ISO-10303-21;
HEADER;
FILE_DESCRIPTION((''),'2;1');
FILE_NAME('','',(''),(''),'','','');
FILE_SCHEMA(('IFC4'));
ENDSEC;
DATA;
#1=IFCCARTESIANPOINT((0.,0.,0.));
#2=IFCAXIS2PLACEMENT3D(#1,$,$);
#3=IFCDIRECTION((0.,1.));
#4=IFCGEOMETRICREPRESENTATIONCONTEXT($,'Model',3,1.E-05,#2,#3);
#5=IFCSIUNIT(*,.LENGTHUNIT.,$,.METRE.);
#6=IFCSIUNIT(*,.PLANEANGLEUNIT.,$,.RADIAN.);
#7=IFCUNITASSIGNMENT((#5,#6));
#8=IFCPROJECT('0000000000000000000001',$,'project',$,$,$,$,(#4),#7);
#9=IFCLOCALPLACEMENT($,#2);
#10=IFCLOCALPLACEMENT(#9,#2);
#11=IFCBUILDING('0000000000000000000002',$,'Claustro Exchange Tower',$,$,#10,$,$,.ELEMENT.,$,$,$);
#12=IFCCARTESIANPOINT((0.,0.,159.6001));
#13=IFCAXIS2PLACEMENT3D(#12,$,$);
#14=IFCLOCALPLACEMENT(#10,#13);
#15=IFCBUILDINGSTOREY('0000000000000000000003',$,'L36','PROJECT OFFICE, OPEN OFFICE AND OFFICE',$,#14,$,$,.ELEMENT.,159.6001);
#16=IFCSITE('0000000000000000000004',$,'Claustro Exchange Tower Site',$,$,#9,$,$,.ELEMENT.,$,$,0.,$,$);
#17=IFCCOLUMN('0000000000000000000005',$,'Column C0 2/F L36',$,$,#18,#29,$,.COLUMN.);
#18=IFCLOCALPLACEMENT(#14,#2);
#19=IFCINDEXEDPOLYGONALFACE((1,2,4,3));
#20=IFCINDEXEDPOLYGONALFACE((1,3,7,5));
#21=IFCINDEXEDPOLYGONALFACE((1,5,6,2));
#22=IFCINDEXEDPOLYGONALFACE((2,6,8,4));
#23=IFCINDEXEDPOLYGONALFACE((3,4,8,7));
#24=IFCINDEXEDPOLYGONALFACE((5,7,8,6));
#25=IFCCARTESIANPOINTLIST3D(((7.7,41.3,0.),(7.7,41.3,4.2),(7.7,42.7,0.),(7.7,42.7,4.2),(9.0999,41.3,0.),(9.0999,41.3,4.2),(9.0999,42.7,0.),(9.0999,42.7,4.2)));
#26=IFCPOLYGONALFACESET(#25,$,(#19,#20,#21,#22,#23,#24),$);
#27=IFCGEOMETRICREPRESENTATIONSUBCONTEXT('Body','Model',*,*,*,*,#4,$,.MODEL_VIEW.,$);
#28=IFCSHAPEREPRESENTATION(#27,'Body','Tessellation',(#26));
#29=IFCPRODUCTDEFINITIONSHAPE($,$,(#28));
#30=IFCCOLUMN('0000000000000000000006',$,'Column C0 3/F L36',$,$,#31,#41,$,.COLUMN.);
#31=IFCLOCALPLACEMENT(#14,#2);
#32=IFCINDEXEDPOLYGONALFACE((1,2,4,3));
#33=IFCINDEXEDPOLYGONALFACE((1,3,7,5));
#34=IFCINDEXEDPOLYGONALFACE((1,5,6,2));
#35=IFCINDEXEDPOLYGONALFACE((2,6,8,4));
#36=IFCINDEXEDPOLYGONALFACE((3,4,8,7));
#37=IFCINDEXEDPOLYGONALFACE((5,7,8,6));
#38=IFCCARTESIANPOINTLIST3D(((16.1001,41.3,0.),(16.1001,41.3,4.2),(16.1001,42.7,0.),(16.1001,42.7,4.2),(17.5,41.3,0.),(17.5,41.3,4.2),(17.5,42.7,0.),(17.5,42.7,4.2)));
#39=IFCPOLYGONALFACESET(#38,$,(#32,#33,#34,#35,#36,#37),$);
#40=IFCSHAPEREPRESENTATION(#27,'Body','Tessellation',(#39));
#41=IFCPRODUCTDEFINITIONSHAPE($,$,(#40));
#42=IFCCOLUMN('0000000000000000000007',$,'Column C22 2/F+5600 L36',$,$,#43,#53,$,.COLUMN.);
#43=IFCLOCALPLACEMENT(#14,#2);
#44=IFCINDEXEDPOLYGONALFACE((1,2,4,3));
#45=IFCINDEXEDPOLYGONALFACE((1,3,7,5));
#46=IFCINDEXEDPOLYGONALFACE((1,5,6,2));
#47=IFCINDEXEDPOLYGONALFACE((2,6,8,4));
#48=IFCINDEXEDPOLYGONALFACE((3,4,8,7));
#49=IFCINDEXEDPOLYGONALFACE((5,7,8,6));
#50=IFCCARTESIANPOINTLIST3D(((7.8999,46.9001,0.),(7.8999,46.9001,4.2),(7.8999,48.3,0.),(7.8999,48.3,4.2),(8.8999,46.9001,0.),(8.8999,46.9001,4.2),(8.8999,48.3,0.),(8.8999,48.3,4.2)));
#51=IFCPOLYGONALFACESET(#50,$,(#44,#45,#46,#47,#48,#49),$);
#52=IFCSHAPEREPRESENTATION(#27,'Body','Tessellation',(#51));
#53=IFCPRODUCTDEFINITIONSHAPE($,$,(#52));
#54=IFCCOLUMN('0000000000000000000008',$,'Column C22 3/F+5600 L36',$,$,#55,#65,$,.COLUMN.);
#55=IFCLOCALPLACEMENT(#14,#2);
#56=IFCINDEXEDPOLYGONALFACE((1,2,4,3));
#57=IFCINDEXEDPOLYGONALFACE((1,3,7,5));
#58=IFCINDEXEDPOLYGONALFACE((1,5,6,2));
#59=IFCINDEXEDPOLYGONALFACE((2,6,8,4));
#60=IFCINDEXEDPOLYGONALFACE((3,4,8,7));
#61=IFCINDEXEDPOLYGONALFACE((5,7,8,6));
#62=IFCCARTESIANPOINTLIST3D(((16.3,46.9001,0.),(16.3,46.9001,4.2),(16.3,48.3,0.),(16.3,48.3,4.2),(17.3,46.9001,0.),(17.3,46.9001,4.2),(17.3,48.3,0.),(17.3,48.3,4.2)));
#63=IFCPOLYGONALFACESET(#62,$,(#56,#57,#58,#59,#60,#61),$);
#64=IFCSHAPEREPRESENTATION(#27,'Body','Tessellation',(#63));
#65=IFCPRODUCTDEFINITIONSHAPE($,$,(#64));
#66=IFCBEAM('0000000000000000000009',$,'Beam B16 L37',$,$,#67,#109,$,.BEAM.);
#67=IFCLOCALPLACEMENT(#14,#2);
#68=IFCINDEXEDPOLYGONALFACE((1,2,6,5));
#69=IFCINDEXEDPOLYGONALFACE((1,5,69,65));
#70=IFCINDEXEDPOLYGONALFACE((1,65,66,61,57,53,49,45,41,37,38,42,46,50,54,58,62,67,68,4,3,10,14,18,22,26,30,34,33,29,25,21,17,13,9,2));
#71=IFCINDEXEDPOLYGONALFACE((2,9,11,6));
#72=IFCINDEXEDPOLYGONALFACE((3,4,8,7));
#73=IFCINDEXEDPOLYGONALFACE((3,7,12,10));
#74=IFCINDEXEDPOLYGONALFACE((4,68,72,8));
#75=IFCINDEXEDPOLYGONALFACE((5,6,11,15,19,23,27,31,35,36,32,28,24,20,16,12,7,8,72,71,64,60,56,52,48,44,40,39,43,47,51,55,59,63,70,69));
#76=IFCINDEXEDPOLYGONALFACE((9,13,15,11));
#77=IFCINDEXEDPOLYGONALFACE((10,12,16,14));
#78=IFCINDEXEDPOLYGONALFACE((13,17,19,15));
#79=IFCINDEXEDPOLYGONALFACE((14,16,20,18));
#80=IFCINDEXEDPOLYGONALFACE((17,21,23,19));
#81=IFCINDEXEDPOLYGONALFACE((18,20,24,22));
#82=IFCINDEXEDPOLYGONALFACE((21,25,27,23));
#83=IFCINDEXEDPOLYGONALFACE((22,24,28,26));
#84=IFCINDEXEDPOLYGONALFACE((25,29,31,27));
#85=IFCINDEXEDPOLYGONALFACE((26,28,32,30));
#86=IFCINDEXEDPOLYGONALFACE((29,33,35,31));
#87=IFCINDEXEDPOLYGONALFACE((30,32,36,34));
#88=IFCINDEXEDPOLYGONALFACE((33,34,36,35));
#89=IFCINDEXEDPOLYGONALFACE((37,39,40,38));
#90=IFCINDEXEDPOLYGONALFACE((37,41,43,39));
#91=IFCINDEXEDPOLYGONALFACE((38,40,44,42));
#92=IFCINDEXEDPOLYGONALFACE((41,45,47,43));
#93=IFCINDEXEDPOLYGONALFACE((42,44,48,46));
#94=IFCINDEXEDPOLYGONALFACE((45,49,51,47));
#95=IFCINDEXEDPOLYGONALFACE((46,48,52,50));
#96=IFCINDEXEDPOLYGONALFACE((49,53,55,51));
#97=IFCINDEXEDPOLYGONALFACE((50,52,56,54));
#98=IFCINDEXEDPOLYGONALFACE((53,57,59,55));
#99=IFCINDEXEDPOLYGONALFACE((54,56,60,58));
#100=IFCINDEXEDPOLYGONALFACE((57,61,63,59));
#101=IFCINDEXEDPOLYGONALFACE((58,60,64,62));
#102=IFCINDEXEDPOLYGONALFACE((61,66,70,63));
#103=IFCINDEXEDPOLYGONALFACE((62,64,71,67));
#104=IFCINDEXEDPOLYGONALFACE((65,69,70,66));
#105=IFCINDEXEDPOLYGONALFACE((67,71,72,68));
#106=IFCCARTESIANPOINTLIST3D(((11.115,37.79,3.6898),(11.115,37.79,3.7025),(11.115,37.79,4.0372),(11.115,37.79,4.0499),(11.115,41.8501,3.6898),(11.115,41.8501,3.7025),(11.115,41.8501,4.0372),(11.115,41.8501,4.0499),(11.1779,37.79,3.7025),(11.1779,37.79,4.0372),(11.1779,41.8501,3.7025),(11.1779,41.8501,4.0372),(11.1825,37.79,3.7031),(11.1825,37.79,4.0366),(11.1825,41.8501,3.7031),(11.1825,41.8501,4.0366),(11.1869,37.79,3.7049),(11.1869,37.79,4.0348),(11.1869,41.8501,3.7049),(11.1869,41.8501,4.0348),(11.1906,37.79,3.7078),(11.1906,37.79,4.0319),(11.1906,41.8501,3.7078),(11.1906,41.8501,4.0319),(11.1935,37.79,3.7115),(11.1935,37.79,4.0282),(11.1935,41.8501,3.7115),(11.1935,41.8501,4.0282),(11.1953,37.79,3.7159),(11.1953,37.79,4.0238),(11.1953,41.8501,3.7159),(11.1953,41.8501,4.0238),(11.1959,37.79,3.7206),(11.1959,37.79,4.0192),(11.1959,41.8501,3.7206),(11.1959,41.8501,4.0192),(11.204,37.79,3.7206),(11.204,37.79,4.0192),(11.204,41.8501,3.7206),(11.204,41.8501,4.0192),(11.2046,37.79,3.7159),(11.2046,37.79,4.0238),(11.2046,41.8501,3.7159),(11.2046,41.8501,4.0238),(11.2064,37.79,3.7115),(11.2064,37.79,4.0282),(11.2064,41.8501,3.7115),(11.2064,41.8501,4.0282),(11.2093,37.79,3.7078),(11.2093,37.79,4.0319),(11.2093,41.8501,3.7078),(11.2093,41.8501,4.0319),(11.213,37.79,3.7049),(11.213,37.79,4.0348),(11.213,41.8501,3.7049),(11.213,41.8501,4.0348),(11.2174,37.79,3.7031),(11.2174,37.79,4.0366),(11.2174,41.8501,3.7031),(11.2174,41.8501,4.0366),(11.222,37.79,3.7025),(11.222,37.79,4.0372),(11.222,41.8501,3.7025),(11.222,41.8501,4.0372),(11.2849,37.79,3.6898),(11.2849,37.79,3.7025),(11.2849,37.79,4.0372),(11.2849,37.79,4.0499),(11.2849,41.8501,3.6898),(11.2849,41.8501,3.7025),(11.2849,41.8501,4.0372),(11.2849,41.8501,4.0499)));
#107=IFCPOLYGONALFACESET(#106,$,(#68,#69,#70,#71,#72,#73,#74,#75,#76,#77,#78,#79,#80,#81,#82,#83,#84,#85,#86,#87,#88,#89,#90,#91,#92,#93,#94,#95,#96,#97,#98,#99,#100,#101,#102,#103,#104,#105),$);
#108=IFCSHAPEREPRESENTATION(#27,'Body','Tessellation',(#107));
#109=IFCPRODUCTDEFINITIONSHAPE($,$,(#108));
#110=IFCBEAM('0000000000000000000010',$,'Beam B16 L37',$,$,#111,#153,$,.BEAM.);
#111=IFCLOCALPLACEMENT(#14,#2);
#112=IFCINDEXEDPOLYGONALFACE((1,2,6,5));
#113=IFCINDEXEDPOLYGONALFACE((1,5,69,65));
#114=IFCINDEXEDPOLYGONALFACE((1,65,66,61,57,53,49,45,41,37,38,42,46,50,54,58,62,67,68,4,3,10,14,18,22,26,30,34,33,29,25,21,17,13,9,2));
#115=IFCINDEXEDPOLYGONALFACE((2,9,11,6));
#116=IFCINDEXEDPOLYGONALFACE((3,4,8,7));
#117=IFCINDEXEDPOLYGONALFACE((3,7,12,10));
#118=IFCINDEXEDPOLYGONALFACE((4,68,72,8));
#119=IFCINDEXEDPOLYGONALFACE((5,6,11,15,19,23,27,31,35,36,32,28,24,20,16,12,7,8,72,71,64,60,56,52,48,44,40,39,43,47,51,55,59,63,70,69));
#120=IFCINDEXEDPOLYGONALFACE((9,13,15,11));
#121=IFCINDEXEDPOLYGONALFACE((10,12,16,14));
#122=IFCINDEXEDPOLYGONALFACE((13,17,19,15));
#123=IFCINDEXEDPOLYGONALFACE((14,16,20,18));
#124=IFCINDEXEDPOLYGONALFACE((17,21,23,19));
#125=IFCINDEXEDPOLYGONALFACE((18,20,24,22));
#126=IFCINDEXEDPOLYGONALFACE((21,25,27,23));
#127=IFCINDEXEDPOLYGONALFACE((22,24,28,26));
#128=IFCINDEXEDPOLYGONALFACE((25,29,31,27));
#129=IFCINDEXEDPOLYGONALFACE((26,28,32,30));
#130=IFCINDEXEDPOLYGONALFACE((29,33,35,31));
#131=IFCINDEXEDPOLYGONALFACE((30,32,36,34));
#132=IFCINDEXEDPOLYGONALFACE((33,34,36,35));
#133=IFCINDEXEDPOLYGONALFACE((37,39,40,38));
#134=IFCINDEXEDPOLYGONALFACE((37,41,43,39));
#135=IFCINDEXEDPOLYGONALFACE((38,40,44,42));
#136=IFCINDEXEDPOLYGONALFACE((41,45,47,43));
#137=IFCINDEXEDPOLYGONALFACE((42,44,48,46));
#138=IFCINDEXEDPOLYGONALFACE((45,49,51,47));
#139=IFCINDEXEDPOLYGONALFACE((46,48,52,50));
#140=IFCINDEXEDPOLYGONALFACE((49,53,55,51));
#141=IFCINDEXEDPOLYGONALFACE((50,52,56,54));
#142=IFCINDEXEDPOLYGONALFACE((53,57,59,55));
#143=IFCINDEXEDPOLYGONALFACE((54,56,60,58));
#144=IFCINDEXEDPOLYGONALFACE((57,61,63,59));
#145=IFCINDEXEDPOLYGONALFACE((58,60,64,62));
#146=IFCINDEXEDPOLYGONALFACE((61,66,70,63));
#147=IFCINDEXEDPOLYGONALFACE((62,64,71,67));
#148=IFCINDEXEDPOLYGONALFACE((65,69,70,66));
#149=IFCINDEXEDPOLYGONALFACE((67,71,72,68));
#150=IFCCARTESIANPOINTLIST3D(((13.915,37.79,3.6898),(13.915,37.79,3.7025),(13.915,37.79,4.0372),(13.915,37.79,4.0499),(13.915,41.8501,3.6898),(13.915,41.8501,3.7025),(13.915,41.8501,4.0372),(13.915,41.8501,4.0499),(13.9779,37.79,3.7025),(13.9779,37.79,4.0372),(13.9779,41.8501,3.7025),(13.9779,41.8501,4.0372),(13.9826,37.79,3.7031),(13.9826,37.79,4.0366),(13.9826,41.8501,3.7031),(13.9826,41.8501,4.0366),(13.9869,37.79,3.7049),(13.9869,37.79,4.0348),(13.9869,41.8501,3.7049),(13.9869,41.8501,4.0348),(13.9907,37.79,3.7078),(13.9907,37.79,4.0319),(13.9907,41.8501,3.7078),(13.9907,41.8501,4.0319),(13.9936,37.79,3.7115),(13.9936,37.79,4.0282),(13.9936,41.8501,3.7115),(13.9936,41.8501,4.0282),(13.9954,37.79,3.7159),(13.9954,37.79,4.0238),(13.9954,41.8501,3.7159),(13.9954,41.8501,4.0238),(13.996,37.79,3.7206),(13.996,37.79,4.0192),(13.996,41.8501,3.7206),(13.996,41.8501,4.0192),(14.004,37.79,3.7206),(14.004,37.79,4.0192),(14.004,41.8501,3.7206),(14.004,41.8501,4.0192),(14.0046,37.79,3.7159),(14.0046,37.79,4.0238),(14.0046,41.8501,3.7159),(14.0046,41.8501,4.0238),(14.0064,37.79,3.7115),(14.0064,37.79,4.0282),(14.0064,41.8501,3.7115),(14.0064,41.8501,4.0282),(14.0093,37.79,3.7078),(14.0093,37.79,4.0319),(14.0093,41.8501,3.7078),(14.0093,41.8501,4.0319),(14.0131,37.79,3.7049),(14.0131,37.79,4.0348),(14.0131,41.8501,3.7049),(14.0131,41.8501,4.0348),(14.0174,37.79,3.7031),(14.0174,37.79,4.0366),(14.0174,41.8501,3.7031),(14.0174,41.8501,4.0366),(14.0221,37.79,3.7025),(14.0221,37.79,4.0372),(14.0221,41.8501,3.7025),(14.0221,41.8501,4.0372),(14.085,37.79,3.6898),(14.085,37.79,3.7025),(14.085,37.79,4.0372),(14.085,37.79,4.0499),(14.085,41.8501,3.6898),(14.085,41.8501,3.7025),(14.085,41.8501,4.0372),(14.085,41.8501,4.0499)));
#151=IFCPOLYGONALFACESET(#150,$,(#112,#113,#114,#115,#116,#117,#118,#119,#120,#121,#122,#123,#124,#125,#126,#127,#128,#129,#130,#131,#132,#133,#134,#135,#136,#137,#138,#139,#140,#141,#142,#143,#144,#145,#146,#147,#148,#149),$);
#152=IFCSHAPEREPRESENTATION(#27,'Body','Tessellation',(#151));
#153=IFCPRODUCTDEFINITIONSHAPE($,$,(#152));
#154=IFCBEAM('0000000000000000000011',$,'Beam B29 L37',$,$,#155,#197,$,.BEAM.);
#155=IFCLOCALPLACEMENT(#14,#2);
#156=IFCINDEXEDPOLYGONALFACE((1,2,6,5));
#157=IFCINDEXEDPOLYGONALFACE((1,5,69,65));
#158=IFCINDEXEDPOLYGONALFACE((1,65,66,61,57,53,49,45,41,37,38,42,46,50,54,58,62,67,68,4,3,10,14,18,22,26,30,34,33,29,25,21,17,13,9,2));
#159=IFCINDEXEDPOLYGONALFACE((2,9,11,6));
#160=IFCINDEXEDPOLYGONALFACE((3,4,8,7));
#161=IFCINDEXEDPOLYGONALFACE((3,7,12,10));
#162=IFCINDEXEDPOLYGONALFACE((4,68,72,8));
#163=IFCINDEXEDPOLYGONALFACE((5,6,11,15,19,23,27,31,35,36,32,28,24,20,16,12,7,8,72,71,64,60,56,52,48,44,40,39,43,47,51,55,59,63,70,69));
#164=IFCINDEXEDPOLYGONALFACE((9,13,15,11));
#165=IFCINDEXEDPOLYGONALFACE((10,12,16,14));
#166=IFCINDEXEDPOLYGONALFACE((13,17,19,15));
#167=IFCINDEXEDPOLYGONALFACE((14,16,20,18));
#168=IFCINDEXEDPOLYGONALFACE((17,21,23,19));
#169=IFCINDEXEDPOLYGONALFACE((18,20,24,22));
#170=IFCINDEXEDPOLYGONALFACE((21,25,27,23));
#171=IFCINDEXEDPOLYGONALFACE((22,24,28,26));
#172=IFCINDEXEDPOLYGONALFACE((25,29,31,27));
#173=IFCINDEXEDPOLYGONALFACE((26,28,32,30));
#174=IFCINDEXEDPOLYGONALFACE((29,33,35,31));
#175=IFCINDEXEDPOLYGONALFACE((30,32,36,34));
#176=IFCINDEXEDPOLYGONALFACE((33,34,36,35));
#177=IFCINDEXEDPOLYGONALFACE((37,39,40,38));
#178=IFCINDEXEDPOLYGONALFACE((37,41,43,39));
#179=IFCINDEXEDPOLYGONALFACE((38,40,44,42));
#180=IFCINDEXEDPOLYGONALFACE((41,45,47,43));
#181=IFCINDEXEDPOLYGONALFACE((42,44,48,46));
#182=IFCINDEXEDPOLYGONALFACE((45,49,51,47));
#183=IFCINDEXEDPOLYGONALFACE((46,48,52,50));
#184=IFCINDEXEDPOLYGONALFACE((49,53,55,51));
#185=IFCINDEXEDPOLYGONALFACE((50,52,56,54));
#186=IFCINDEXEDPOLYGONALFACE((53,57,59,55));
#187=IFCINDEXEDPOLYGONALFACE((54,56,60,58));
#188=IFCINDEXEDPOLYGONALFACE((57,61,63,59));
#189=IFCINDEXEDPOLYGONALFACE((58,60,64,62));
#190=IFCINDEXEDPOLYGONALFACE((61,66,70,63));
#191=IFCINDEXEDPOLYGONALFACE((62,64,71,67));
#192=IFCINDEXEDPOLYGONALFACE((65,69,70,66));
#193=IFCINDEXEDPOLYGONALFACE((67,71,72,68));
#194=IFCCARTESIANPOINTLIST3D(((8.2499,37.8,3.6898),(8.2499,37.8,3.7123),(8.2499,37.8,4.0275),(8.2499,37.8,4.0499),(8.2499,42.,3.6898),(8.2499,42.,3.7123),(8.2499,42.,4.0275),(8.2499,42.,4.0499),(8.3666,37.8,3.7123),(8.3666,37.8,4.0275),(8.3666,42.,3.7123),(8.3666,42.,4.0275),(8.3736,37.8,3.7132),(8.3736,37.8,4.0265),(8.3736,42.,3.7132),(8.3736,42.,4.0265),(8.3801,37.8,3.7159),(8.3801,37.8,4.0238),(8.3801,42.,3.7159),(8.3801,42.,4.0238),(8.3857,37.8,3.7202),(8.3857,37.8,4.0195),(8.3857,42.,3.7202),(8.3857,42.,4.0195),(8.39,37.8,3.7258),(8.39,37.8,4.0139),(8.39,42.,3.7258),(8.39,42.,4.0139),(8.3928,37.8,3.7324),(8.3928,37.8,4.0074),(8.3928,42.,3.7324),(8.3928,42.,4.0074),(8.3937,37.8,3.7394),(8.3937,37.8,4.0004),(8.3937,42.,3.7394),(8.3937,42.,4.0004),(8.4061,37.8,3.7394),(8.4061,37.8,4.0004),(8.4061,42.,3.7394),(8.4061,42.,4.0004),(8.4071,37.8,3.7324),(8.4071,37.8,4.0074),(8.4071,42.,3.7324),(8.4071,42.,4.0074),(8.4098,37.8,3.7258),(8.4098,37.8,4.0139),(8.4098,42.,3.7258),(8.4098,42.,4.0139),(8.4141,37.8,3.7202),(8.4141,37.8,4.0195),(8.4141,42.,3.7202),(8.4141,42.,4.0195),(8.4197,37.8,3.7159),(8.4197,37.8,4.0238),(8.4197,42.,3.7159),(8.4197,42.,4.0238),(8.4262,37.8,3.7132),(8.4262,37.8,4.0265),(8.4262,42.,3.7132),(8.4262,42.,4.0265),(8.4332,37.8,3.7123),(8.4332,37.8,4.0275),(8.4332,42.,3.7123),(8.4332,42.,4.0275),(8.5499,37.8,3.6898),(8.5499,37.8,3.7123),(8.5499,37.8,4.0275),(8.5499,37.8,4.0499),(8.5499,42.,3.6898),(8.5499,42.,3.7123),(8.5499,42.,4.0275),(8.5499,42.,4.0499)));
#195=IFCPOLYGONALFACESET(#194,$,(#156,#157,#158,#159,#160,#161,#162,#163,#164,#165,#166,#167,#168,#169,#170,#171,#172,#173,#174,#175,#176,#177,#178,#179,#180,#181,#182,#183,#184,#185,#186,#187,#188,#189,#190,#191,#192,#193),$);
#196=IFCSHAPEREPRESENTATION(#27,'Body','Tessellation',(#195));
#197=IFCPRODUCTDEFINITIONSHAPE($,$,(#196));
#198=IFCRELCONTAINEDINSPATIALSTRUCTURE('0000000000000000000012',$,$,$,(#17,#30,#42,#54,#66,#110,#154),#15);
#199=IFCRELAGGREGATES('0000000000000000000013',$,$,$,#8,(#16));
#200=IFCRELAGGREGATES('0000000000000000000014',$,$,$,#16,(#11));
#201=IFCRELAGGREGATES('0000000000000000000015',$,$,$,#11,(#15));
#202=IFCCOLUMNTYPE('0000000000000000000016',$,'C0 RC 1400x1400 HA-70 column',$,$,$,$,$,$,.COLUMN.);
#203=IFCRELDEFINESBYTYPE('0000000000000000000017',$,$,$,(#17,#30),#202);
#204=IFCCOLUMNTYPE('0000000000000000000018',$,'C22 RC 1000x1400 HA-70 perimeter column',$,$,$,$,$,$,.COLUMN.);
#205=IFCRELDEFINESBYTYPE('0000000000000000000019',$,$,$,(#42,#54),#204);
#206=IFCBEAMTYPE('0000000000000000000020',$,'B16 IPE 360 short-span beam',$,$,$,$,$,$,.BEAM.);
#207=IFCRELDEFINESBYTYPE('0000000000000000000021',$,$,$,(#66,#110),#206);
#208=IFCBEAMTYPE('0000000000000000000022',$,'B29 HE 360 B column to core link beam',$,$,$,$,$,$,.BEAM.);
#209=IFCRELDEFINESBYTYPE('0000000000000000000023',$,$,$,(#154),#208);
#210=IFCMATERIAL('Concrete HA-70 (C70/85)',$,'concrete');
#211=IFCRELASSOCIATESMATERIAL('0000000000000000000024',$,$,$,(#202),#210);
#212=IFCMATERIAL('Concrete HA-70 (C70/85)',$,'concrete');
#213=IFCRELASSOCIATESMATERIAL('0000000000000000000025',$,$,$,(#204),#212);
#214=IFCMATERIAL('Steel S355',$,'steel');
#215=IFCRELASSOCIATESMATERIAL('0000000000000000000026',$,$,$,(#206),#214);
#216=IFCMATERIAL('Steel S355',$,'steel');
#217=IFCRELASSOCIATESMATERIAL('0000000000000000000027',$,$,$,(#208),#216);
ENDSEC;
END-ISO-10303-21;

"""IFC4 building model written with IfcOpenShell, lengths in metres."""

from ifc_helpers import new_model, si_unit, direction, frame, origin, origin_2d, place, context, subcontext, project, spatial, rectangle, i_section, extrude, material, material_profile, profile_set, type_object, element, save


model = new_model("IFC4")

# Units and contexts
model_context = context("Model", 3, precision=1e-05, world=origin(), true_north=direction((0.0, 1.0)))
body_context = subcontext(model_context, "Body", "Model", "MODEL_VIEW")
ifc_project = project(units=[si_unit("LENGTHUNIT", "METRE"), si_unit("PLANEANGLEUNIT", "RADIAN")], contexts=[model_context])

# Site, building, storey
site_placement = place(None, origin())
site = spatial("IfcSite", under=ifc_project, at=site_placement, Name="Claustro Exchange Tower Site", CompositionType="ELEMENT", RefElevation=0.0)
building_placement = place(site_placement, origin())
building = spatial("IfcBuilding", under=site, at=building_placement, Name="Claustro Exchange Tower", CompositionType="ELEMENT")
storey_placement = place(building_placement, frame((0.0, 0.0, 159.6001)))
storey = spatial("IfcBuildingStorey", under=building, at=storey_placement, Name="L36", Description="PROJECT OFFICE, OPEN OFFICE AND OFFICE", CompositionType="ELEMENT", Elevation=159.6001)

# Columns
ifc_material_1 = material(Name="Concrete HA-70 (C70/85)", Category="concrete")
ifc_material_profile_1 = material_profile(ifc_material_1, rectangle(XDim=1.3999, YDim=1.3999, at=origin_2d()), Name="RC 1400x1400")
ifc_profile_set_1 = profile_set([ifc_material_profile_1], Name="Concrete HA-70 (C70/85)")
column_type_1 = type_object("IfcColumnType", Name="C0 RC 1400x1400 HA-70 column", PredefinedType="COLUMN", material=ifc_profile_set_1)
for number, where, z_axis, x_axis, name in (
    (1, (8.3999, 42.0, 0.0), (0.0, 0.0, 1.0), (1.0, 0.0, 0.0), "Column C0 2/F L36"),
    (2, (16.8, 42.0, 0.0), (0.0, 0.0, 1.0), (1.0, 0.0, 0.0), "Column C0 3/F L36"),
):
    element("IfcColumn", number, at=place(storey_placement, frame(where, z_axis=z_axis, x_axis=x_axis)), inside=storey, type_object=column_type_1, Name=name, PredefinedType="COLUMN", context=body_context, shape_type="SweptSolid", body=[
        extrude(rectangle(XDim=1.3999, YDim=1.3999, at=origin_2d()), origin(), (0.0, 0.0, 1.0), 4.2),
    ])
ifc_material_2 = material(Name="Concrete HA-70 (C70/85)", Category="concrete")
ifc_material_profile_2 = material_profile(ifc_material_2, rectangle(XDim=1.0, YDim=1.3999, at=origin_2d()), Name="RC 1000x1400")
ifc_profile_set_2 = profile_set([ifc_material_profile_2], Name="Concrete HA-70 (C70/85)")
column_type_2 = type_object("IfcColumnType", Name="C22 RC 1000x1400 HA-70 perimeter column", PredefinedType="COLUMN", material=ifc_profile_set_2)
for number, where, z_axis, x_axis, name in (
    (3, (8.3999, 47.6001, 0.0), (0.0, 0.0, 1.0), (1.0, 0.0, 0.0), "Column C22 2/F+5600 L36"),
    (4, (16.8, 47.6001, 0.0), (0.0, 0.0, 1.0), (1.0, 0.0, 0.0), "Column C22 3/F+5600 L36"),
):
    element("IfcColumn", number, at=place(storey_placement, frame(where, z_axis=z_axis, x_axis=x_axis)), inside=storey, type_object=column_type_2, Name=name, PredefinedType="COLUMN", context=body_context, shape_type="SweptSolid", body=[
        extrude(rectangle(XDim=1.0, YDim=1.3999, at=origin_2d()), origin(), (0.0, 0.0, 1.0), 4.2),
    ])

# Beams
ifc_material_3 = material(Name="Steel S355", Category="steel")
ifc_material_profile_3 = material_profile(ifc_material_3, i_section(OverallWidth=0.1699, OverallDepth=0.3601, WebThickness=0.0081, FlangeThickness=0.0127, FilletRadius=0.0181, at=origin_2d()), Name="IPE 360")
ifc_profile_set_3 = profile_set([ifc_material_profile_3], Name="Steel S355")
beam_type_1 = type_object("IfcBeamType", Name="B16 IPE 360 short-span beam", PredefinedType="BEAM", material=ifc_profile_set_3)
for number, where, z_axis, x_axis, name in (
    (5, (11.2, 37.79, 3.8699), (0.0, 1.0, 0.0), (-1.0, 0.0, 0.0), "Beam B16 L37"),
    (6, (14.0, 37.79, 3.8699), (0.0, 1.0, 0.0), (-1.0, 0.0, 0.0), "Beam B16 L37"),
):
    element("IfcBeam", number, at=place(storey_placement, frame(where, z_axis=z_axis, x_axis=x_axis)), inside=storey, type_object=beam_type_1, Name=name, PredefinedType="BEAM", context=body_context, shape_type="SweptSolid", body=[
        extrude(i_section(OverallWidth=0.1699, OverallDepth=0.3601, WebThickness=0.0081, FlangeThickness=0.0127, FilletRadius=0.0181, at=origin_2d()), origin(), (0.0, 0.0, 1.0), 4.0601),
    ])
ifc_material_4 = material(Name="Steel S355", Category="steel")
ifc_material_profile_4 = material_profile(ifc_material_4, i_section(OverallWidth=0.3, OverallDepth=0.3601, WebThickness=0.0125, FlangeThickness=0.0225, FilletRadius=0.0271, at=origin_2d()), Name="HE 360 B")
ifc_profile_set_4 = profile_set([ifc_material_profile_4], Name="Steel S355")
beam_type_2 = type_object("IfcBeamType", Name="B29 HE 360 B column to core link beam", PredefinedType="BEAM", material=ifc_profile_set_4)
for number, where, z_axis, x_axis, name in (
    (7, (8.3999, 37.8, 3.8699), (0.0, 1.0, 0.0), (-1.0, 0.0, 0.0), "Beam B29 L37"),
):
    element("IfcBeam", number, at=place(storey_placement, frame(where, z_axis=z_axis, x_axis=x_axis)), inside=storey, type_object=beam_type_2, Name=name, PredefinedType="BEAM", context=body_context, shape_type="SweptSolid", body=[
        extrude(i_section(OverallWidth=0.3, OverallDepth=0.3601, WebThickness=0.0125, FlangeThickness=0.0225, FilletRadius=0.0271, at=origin_2d()), origin(), (0.0, 0.0, 1.0), 4.2),
    ])

save(model, "model.ifc")
